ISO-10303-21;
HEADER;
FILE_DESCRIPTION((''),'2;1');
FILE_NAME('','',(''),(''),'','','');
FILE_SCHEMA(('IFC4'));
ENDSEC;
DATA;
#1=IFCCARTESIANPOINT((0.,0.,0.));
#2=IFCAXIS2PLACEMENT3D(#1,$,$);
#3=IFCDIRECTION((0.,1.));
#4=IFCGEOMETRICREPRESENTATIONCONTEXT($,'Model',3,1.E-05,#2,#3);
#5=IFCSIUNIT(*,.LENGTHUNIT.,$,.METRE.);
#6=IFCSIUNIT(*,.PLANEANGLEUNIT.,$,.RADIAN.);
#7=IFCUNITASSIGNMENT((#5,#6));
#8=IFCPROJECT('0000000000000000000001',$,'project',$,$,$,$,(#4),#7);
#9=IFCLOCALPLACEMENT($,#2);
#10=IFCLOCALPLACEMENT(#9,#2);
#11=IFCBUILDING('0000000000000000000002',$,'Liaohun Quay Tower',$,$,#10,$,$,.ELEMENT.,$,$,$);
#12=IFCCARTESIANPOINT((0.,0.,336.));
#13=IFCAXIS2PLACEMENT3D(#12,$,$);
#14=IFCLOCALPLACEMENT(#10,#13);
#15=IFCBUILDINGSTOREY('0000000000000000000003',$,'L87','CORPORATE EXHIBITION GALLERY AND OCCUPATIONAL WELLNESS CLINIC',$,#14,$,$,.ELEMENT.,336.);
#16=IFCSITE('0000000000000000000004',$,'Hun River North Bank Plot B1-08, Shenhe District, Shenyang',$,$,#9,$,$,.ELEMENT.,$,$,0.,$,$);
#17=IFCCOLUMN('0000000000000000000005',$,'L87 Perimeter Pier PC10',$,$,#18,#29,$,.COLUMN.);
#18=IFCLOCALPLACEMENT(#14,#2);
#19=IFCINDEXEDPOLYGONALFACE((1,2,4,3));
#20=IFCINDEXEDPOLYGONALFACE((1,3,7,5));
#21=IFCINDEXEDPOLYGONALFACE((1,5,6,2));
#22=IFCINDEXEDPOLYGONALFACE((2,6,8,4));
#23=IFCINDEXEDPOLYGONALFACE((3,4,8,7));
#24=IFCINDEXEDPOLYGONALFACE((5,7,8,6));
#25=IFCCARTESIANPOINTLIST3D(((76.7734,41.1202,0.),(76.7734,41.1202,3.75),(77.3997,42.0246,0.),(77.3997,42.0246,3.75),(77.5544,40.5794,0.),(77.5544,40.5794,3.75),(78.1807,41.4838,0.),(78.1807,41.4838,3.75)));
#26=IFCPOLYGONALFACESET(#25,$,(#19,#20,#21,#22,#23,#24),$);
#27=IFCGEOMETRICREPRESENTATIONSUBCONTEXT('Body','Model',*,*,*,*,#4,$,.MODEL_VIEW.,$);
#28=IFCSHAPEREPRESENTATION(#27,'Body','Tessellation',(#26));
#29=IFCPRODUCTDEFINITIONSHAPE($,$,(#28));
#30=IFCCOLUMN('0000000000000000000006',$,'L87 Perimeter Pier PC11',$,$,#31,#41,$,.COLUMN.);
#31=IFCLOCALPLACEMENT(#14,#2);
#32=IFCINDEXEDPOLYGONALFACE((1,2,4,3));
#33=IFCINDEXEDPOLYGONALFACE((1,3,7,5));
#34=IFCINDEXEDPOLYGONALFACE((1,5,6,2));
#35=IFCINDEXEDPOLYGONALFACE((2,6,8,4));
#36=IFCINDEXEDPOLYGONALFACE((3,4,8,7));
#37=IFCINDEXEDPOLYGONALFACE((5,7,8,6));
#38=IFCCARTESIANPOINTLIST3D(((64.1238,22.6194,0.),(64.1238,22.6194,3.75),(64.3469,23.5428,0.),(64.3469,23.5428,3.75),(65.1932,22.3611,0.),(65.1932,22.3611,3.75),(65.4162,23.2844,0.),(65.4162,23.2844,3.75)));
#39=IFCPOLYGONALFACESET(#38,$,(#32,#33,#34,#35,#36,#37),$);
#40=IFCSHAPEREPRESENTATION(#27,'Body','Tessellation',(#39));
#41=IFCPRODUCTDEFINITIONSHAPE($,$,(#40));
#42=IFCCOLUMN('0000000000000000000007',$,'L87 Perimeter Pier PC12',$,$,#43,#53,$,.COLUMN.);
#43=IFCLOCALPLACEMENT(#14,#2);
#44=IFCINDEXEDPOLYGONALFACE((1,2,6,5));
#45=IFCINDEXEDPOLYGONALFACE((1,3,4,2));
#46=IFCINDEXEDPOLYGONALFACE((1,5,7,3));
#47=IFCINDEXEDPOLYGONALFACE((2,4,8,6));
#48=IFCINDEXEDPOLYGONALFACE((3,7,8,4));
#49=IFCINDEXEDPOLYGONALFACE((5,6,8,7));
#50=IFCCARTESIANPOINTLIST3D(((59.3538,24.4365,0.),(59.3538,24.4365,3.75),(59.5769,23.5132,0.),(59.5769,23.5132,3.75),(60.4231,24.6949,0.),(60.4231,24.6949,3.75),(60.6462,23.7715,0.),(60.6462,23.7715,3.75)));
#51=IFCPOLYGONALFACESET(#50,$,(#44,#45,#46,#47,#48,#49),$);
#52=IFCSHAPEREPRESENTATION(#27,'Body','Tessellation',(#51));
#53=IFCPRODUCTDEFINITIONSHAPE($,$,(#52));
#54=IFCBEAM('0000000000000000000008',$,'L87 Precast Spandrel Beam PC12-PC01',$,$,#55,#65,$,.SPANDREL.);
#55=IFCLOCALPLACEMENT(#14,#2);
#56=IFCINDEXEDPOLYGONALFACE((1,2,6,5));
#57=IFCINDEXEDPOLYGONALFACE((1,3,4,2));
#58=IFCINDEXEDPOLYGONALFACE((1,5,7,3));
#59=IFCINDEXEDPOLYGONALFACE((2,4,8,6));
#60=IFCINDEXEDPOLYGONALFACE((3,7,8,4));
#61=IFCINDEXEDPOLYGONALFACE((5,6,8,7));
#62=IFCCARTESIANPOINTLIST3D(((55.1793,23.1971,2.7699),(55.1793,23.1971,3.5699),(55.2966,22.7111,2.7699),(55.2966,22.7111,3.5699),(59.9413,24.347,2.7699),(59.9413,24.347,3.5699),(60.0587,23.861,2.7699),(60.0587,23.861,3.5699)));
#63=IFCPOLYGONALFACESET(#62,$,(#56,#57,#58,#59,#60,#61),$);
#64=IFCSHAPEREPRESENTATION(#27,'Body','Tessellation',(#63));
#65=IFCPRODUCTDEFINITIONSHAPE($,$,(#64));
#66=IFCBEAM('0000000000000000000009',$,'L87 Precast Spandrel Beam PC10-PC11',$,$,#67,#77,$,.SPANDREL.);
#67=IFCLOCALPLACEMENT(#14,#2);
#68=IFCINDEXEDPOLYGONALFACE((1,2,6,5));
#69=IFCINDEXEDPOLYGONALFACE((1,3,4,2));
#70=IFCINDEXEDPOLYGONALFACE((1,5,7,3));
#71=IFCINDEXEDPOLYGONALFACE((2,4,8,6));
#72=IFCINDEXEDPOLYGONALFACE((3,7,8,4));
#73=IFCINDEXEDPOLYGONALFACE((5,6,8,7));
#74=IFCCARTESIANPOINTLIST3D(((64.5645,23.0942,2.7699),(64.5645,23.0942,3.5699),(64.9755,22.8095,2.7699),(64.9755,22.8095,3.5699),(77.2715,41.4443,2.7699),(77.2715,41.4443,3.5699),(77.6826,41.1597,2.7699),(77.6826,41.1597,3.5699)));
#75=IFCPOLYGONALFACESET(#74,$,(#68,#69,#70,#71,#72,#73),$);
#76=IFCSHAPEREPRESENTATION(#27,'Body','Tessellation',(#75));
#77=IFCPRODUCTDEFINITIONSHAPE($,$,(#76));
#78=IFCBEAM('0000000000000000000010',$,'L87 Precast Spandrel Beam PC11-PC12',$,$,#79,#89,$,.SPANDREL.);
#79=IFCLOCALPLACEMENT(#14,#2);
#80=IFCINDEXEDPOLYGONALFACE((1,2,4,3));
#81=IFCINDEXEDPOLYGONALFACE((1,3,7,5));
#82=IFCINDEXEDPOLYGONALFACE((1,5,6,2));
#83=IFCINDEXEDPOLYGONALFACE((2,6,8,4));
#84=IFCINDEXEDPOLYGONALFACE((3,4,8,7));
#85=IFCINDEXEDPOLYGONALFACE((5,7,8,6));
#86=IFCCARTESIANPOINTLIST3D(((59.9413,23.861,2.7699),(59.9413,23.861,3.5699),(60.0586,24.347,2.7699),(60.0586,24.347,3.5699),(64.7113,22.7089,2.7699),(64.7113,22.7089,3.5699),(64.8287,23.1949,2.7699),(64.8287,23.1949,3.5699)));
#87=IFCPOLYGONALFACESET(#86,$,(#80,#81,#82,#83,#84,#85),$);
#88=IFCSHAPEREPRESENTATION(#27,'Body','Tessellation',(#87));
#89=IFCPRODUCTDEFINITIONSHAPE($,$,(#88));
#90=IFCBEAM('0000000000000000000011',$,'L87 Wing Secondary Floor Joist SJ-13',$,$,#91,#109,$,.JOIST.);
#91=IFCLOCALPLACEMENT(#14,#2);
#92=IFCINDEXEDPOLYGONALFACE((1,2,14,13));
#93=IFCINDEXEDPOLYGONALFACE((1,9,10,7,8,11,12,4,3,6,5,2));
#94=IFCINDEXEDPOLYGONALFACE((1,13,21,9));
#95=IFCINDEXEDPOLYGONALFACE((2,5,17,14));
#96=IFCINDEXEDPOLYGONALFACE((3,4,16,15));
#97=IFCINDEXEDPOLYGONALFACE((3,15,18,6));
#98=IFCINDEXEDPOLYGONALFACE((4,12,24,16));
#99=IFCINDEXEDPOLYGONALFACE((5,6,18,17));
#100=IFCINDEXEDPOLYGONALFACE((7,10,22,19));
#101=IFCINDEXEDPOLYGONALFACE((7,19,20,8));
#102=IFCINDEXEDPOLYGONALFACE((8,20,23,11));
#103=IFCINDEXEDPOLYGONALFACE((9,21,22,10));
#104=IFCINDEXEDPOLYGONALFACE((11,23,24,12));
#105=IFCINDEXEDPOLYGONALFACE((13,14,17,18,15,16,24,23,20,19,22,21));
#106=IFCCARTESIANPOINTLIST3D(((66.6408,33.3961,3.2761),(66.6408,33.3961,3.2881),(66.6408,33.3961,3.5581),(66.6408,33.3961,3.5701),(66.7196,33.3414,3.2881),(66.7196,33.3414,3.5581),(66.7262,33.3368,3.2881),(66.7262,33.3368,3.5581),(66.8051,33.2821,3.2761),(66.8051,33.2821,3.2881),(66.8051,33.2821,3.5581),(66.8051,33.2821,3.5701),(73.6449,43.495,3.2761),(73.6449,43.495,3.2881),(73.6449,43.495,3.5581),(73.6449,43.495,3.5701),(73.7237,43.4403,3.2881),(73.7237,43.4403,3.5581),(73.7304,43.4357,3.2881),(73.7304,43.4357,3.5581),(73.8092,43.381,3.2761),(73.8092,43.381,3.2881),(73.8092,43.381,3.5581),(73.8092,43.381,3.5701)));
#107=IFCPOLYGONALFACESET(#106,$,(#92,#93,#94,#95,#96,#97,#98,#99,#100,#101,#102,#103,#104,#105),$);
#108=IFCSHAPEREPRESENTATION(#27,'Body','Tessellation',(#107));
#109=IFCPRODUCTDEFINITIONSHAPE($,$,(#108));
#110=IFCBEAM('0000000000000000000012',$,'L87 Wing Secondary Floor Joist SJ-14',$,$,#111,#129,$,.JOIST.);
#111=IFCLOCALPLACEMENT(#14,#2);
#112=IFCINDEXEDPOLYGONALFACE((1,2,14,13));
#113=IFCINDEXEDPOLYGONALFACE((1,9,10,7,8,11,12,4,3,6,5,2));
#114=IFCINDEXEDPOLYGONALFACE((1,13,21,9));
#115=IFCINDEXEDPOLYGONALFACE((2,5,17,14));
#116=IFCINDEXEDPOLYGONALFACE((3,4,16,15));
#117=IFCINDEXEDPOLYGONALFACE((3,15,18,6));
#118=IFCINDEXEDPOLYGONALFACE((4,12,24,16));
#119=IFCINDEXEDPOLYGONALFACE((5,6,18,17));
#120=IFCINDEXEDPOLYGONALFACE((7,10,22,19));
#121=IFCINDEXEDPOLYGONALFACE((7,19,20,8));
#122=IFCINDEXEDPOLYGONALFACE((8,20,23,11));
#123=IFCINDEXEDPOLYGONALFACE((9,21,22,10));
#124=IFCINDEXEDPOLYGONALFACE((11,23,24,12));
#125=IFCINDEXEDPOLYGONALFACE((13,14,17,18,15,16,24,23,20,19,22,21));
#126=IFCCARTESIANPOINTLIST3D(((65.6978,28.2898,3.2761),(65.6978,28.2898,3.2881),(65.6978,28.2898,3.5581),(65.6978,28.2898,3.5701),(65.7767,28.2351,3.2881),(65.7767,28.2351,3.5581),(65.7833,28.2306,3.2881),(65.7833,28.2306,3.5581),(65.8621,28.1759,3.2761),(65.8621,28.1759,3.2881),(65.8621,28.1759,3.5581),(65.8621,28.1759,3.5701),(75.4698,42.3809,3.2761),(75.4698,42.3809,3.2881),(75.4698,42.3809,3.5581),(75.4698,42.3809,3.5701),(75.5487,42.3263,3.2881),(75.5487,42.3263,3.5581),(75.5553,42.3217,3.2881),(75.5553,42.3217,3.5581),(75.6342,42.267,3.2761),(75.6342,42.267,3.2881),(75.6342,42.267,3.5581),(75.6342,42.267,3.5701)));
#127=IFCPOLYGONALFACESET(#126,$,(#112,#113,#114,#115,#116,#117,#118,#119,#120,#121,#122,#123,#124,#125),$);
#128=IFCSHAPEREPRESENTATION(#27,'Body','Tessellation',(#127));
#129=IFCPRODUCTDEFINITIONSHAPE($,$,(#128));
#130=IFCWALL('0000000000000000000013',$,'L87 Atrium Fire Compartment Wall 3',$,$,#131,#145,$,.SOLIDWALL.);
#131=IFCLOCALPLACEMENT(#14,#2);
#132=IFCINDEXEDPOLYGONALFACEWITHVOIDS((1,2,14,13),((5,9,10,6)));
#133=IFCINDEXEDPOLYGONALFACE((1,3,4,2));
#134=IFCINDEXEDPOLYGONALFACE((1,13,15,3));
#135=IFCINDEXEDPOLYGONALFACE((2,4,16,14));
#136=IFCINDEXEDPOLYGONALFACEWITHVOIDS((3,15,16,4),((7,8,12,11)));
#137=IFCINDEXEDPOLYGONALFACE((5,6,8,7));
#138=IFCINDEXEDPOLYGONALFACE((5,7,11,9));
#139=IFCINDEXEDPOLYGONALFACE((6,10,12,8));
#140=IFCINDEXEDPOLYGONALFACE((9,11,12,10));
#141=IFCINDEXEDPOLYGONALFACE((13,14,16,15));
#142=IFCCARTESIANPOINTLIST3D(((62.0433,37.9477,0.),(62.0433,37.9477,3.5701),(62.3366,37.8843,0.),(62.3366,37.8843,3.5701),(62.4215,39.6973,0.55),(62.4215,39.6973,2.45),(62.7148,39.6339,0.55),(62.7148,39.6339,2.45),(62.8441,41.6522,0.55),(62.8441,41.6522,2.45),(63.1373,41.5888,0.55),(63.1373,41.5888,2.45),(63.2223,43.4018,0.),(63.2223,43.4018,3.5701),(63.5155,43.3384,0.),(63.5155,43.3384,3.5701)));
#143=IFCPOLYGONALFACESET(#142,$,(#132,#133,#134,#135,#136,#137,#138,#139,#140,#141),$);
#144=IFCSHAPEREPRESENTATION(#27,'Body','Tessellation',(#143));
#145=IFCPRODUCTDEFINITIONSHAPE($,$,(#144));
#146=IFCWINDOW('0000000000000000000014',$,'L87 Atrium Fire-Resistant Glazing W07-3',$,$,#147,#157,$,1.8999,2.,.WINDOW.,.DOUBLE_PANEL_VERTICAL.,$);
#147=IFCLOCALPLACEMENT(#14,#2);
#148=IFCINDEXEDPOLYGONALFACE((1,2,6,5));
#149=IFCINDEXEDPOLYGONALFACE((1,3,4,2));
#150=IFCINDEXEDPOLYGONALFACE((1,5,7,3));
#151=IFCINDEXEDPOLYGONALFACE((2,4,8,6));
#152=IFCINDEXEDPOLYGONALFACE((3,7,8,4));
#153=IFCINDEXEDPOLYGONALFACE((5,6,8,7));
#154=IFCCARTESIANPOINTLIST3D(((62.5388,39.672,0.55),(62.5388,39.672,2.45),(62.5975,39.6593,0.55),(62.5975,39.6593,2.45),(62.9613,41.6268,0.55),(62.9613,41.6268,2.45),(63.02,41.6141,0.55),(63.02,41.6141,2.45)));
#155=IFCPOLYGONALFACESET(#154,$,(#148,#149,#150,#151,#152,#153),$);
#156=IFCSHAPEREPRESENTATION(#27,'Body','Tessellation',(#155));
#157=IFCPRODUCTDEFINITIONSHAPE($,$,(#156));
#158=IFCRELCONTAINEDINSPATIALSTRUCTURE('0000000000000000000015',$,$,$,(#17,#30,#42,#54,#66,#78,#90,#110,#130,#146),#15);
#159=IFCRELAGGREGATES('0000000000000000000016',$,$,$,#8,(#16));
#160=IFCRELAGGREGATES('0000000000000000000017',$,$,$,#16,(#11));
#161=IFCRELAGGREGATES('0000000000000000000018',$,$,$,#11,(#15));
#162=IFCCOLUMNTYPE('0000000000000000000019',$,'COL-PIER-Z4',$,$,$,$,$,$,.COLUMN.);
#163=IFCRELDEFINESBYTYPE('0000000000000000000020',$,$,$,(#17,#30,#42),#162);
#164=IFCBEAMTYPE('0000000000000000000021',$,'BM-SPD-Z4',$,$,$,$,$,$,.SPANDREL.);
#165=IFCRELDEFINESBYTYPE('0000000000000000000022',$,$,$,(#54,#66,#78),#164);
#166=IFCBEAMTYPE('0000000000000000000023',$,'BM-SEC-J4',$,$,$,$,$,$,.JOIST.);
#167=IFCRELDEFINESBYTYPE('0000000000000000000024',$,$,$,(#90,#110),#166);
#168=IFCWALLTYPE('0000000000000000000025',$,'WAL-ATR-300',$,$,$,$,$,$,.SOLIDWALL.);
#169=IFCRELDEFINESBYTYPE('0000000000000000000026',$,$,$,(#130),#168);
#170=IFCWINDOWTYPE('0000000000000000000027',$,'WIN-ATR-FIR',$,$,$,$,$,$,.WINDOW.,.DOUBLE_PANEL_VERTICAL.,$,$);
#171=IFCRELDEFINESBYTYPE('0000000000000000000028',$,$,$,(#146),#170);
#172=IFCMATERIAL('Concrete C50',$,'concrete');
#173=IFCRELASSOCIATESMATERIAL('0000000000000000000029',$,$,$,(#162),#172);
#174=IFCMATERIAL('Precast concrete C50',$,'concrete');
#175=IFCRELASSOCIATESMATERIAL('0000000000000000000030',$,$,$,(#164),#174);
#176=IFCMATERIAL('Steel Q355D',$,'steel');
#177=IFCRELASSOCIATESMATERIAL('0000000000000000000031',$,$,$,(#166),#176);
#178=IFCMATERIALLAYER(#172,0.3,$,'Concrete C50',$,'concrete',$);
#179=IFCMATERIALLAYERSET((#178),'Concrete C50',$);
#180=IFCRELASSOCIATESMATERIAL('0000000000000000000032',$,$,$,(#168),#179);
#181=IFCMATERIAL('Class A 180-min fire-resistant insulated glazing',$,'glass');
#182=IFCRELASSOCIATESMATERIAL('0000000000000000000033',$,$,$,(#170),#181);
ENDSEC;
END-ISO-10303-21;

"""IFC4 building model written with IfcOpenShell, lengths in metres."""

from ifc_helpers import new_model, si_unit, direction, frame, frame_2d, origin, origin_2d, place, context, subcontext, project, spatial, rectangle, i_section, extrude, source, transform, mapped, material, layer, layer_set, material_profile, profile_set, type_object, element, fill, save


model = new_model("IFC4")

# Units and contexts
model_context = context("Model", 3, precision=1e-05, world=origin(), true_north=direction((0.0, 1.0)))
body_context = subcontext(model_context, "Body", "Model", "MODEL_VIEW")
ifc_project = project(units=[si_unit("LENGTHUNIT", "METRE"), si_unit("PLANEANGLEUNIT", "RADIAN")], contexts=[model_context])

# Site, building, storey
site_placement = place(None, origin())
site = spatial("IfcSite", under=ifc_project, at=site_placement, Name="Hun River North Bank Plot B1-08, Shenhe District, Shenyang", CompositionType="ELEMENT", RefElevation=0.0)
building_placement = place(site_placement, origin())
building = spatial("IfcBuilding", under=site, at=building_placement, Name="Liaohun Quay Tower", CompositionType="ELEMENT")
storey_placement = place(building_placement, frame((0.0, 0.0, 336.0)))
storey = spatial("IfcBuildingStorey", under=building, at=storey_placement, Name="L87", Description="CORPORATE EXHIBITION GALLERY AND OCCUPATIONAL WELLNESS CLINIC", CompositionType="ELEMENT", Elevation=336.0)

# Columns
ifc_material_1 = material(Name="Concrete C50", Category="concrete")
ifc_material_profile_1 = material_profile(ifc_material_1, rectangle(XDim=1.1001, YDim=0.95, at=origin_2d()), Name="RC1100x950")
ifc_profile_set_1 = profile_set([ifc_material_profile_1], Name="Concrete C50")
column_type = type_object("IfcColumnType", Name="COL-PIER-Z4", PredefinedType="COLUMN", material=ifc_profile_set_1)
shared_shape_1 = source(origin(), body_context, "Body", "SweptSolid", [
    extrude(rectangle(XDim=1.1001, YDim=0.95, at=origin_2d()), origin(), (0.0, 0.0, 1.0), 3.75),
])
for number, where, z_axis, x_axis, name in (
    (1, (77.4771, 41.302, 0.0), (0.0, 0.0, 1.0), (0.56928, 0.822144, 0.0), "L87 Perimeter Pier PC10"),
    (2, (64.77, 22.9519, 0.0), (0.0, 0.0, 1.0), (-0.972043, 0.234803, 0.0), "L87 Perimeter Pier PC11"),
    (3, (60.0, 24.104, 0.0), (0.0, 0.0, 1.0), (0.972043, 0.234803, 0.0), "L87 Perimeter Pier PC12"),
):
    element("IfcColumn", number, at=place(storey_placement, frame(where, z_axis=z_axis, x_axis=x_axis)), inside=storey, type_object=column_type, Name=name, PredefinedType="COLUMN", context=body_context, shape_type="MappedRepresentation", body=[
        mapped(shared_shape_1, transform((0.0, 0.0, 0.0), x_axis=(1.0, 0.0, 0.0), y_axis=(0.0, 1.0, 0.0), z_axis=(0.0, 0.0, 1.0), scale=1.0)),
    ])

# Beams
ifc_material_2 = material(Name="Precast concrete C50", Category="concrete")
ifc_material_profile_2 = material_profile(ifc_material_2, rectangle(XDim=0.5, YDim=0.8, at=origin_2d()), Name="RC500x800")
ifc_profile_set_2 = profile_set([ifc_material_profile_2], Name="Precast concrete C50")
beam_type_1 = type_object("IfcBeamType", Name="BM-SPD-Z4", PredefinedType="SPANDREL", material=ifc_profile_set_2)
shared_shape_2 = source(origin(), body_context, "Body", "SweptSolid", [
    extrude(rectangle(XDim=0.5, YDim=0.8, at=origin_2d()), origin(), (0.0, 0.0, 1.0), 4.8989),
])
beam_1_placement = place(storey_placement, frame((60.0, 24.104, 3.1699), z_axis=(-0.972061, -0.23473, 0.0), x_axis=(0.23473, -0.972061, 0.0)))
element("IfcBeam", 4, at=beam_1_placement, inside=storey, type_object=beam_type_1, Name="L87 Precast Spandrel Beam PC12-PC01", PredefinedType="SPANDREL", context=body_context, shape_type="MappedRepresentation", body=[
    mapped(shared_shape_2, transform((0.0, 0.0, 0.0), x_axis=(1.0, 0.0, 0.0), y_axis=(0.0, 1.0, 0.0), z_axis=(0.0, 0.0, 1.0), scale=1.0)),
])
shared_shape_3 = source(origin(), body_context, "Body", "SweptSolid", [
    extrude(rectangle(XDim=0.5, YDim=0.8, at=origin_2d()), origin(), (0.0, 0.0, 1.0), 22.3203),
])
beam_2_placement = place(storey_placement, frame((77.4771, 41.302, 3.1699), z_axis=(-0.569304, -0.822127, 0.0), x_axis=(0.822127, -0.569304, 0.0)))
element("IfcBeam", 5, at=beam_2_placement, inside=storey, type_object=beam_type_1, Name="L87 Precast Spandrel Beam PC10-PC11", PredefinedType="SPANDREL", context=body_context, shape_type="MappedRepresentation", body=[
    mapped(shared_shape_3, transform((0.0, 0.0, 0.0), x_axis=(1.0, 0.0, 0.0), y_axis=(0.0, 1.0, 0.0), z_axis=(0.0, 0.0, 1.0), scale=1.0)),
])
shared_shape_4 = source(origin(), body_context, "Body", "SweptSolid", [
    extrude(rectangle(XDim=0.5, YDim=0.8, at=origin_2d()), origin(), (0.0, 0.0, 1.0), 4.9072),
])
beam_3_placement = place(storey_placement, frame((64.77, 22.9519, 3.1699), z_axis=(-0.972049, 0.234778, 0.0), x_axis=(-0.234778, -0.972049, 0.0)))
element("IfcBeam", 6, at=beam_3_placement, inside=storey, type_object=beam_type_1, Name="L87 Precast Spandrel Beam PC11-PC12", PredefinedType="SPANDREL", context=body_context, shape_type="MappedRepresentation", body=[
    mapped(shared_shape_4, transform((0.0, 0.0, 0.0), x_axis=(1.0, 0.0, 0.0), y_axis=(0.0, 1.0, 0.0), z_axis=(0.0, 0.0, 1.0), scale=1.0)),
])
ifc_material_3 = material(Name="Steel Q355D", Category="steel")
ifc_material_profile_3 = material_profile(ifc_material_3, i_section(OverallWidth=0.2, OverallDepth=0.2939, WebThickness=0.0081, FlangeThickness=0.012, at=origin_2d()), Name="HM294x200x8x12")
ifc_profile_set_3 = profile_set([ifc_material_profile_3], Name="Steel Q355D")
beam_type_2 = type_object("IfcBeamType", Name="BM-SEC-J4", PredefinedType="JOIST", material=ifc_profile_set_3)
shared_shape_5 = source(origin(), body_context, "Body", "SweptSolid", [
    extrude(i_section(OverallWidth=0.2, OverallDepth=0.2939, WebThickness=0.0081, FlangeThickness=0.012, at=origin_2d()), origin(), (0.0, 0.0, 1.0), 12.29),
])
beam_4_placement = place(storey_placement, frame((73.7271, 43.438, 3.4231), z_axis=(-0.569904, -0.821711, 0.0), x_axis=(0.821711, -0.569904, 0.0)))
element("IfcBeam", 7, at=beam_4_placement, inside=storey, type_object=beam_type_2, Name="L87 Wing Secondary Floor Joist SJ-13", PredefinedType="JOIST", context=body_context, shape_type="MappedRepresentation", body=[
    mapped(shared_shape_5, transform((0.0, 0.0, 0.0), x_axis=(1.0, 0.0, 0.0), y_axis=(0.0, 1.0, 0.0), z_axis=(0.0, 0.0, 1.0), scale=1.0)),
])
shared_shape_6 = source(origin(), body_context, "Body", "SweptSolid", [
    extrude(i_section(OverallWidth=0.2, OverallDepth=0.2939, WebThickness=0.0081, FlangeThickness=0.012, at=origin_2d()), origin(), (0.0, 0.0, 1.0), 17.1479),
])
beam_5_placement = place(storey_placement, frame((75.552, 42.324, 3.4231), z_axis=(-0.569865, -0.821738, 0.0), x_axis=(0.821738, -0.569865, 0.0)))
element("IfcBeam", 8, at=beam_5_placement, inside=storey, type_object=beam_type_2, Name="L87 Wing Secondary Floor Joist SJ-14", PredefinedType="JOIST", context=body_context, shape_type="MappedRepresentation", body=[
    mapped(shared_shape_6, transform((0.0, 0.0, 0.0), x_axis=(1.0, 0.0, 0.0), y_axis=(0.0, 1.0, 0.0), z_axis=(0.0, 0.0, 1.0), scale=1.0)),
])

# Wall, opening, window
ifc_layer_1 = layer(ifc_material_1, 0.3, Name="Concrete C50", Category="concrete")
ifc_layer_set_1 = layer_set([ifc_layer_1], Name="Concrete C50")
wall_type_1 = type_object("IfcWallType", Name="WAL-ATR-300", PredefinedType="SOLIDWALL", material=ifc_layer_set_1)
wall_1_placement = place(storey_placement, frame((63.3689, 43.3701, 0.0), z_axis=(0.0, 0.0, 1.0), x_axis=(-0.21128, -0.977426, 0.0)))
wall_1 = element("IfcWall", 9, at=wall_1_placement, inside=storey, type_object=wall_type_1, Name="L87 Atrium Fire Compartment Wall 3", PredefinedType="SOLIDWALL", context=body_context, shape_type="SweptSolid", body=[
    extrude(rectangle(XDim=5.5801, YDim=0.3, at=frame_2d((2.79, 0.0))), origin(), (0.0, 0.0, 1.0), 3.5701),
])
shared_shape_7 = source(origin(), body_context, "Body", "SweptSolid", [
    extrude(rectangle(XDim=2.0, YDim=1.8999, at=frame_2d((1.0, 0.95))), frame((0.0, 0.1599, 0.0), z_axis=(0.0, -1.0, 0.0), x_axis=(1.0, 0.0, 0.0)), (0.0, 0.0, 1.0), 0.3201),
])
opening_1_placement = place(wall_1_placement, frame((1.79, 0.0, 0.55)))
opening_1 = element("IfcOpeningElement", 10, at=opening_1_placement, cuts=wall_1, PredefinedType="OPENING", context=body_context, shape_type="MappedRepresentation", body=[
    mapped(shared_shape_7, transform((0.0, 0.0, 0.0), x_axis=(1.0, 0.0, 0.0), y_axis=(0.0, 1.0, 0.0), z_axis=(0.0, 0.0, 1.0), scale=1.0)),
])
ifc_material_4 = material(Name="Class A 180-min fire-resistant insulated glazing", Category="glass")
window_type_1 = type_object("IfcWindowType", Name="WIN-ATR-FIR", PartitioningType="DOUBLE_PANEL_VERTICAL", PredefinedType="WINDOW", material=ifc_material_4)
shared_shape_8 = source(origin(), body_context, "Body", "SweptSolid", [
    extrude(rectangle(XDim=2.0, YDim=1.8999, at=frame_2d((1.0, 0.95))), frame((0.0, 0.03, 0.0), z_axis=(0.0, -1.0, 0.0), x_axis=(1.0, 0.0, 0.0)), (0.0, 0.0, 1.0), 0.0601),
])
window_1_placement = place(opening_1_placement, origin())
window_1 = element("IfcWindow", 11, at=window_1_placement, inside=storey, type_object=window_type_1, Name="L87 Atrium Fire-Resistant Glazing W07-3", OverallHeight=1.8999, OverallWidth=2.0, PartitioningType="DOUBLE_PANEL_VERTICAL", PredefinedType="WINDOW", context=body_context, shape_type="MappedRepresentation", body=[
    mapped(shared_shape_8, transform((0.0, 0.0, 0.0), x_axis=(1.0, 0.0, 0.0), y_axis=(0.0, 1.0, 0.0), z_axis=(0.0, 0.0, 1.0), scale=1.0)),
])
fill(opening_1, window_1)

save(model, "model.ifc")
